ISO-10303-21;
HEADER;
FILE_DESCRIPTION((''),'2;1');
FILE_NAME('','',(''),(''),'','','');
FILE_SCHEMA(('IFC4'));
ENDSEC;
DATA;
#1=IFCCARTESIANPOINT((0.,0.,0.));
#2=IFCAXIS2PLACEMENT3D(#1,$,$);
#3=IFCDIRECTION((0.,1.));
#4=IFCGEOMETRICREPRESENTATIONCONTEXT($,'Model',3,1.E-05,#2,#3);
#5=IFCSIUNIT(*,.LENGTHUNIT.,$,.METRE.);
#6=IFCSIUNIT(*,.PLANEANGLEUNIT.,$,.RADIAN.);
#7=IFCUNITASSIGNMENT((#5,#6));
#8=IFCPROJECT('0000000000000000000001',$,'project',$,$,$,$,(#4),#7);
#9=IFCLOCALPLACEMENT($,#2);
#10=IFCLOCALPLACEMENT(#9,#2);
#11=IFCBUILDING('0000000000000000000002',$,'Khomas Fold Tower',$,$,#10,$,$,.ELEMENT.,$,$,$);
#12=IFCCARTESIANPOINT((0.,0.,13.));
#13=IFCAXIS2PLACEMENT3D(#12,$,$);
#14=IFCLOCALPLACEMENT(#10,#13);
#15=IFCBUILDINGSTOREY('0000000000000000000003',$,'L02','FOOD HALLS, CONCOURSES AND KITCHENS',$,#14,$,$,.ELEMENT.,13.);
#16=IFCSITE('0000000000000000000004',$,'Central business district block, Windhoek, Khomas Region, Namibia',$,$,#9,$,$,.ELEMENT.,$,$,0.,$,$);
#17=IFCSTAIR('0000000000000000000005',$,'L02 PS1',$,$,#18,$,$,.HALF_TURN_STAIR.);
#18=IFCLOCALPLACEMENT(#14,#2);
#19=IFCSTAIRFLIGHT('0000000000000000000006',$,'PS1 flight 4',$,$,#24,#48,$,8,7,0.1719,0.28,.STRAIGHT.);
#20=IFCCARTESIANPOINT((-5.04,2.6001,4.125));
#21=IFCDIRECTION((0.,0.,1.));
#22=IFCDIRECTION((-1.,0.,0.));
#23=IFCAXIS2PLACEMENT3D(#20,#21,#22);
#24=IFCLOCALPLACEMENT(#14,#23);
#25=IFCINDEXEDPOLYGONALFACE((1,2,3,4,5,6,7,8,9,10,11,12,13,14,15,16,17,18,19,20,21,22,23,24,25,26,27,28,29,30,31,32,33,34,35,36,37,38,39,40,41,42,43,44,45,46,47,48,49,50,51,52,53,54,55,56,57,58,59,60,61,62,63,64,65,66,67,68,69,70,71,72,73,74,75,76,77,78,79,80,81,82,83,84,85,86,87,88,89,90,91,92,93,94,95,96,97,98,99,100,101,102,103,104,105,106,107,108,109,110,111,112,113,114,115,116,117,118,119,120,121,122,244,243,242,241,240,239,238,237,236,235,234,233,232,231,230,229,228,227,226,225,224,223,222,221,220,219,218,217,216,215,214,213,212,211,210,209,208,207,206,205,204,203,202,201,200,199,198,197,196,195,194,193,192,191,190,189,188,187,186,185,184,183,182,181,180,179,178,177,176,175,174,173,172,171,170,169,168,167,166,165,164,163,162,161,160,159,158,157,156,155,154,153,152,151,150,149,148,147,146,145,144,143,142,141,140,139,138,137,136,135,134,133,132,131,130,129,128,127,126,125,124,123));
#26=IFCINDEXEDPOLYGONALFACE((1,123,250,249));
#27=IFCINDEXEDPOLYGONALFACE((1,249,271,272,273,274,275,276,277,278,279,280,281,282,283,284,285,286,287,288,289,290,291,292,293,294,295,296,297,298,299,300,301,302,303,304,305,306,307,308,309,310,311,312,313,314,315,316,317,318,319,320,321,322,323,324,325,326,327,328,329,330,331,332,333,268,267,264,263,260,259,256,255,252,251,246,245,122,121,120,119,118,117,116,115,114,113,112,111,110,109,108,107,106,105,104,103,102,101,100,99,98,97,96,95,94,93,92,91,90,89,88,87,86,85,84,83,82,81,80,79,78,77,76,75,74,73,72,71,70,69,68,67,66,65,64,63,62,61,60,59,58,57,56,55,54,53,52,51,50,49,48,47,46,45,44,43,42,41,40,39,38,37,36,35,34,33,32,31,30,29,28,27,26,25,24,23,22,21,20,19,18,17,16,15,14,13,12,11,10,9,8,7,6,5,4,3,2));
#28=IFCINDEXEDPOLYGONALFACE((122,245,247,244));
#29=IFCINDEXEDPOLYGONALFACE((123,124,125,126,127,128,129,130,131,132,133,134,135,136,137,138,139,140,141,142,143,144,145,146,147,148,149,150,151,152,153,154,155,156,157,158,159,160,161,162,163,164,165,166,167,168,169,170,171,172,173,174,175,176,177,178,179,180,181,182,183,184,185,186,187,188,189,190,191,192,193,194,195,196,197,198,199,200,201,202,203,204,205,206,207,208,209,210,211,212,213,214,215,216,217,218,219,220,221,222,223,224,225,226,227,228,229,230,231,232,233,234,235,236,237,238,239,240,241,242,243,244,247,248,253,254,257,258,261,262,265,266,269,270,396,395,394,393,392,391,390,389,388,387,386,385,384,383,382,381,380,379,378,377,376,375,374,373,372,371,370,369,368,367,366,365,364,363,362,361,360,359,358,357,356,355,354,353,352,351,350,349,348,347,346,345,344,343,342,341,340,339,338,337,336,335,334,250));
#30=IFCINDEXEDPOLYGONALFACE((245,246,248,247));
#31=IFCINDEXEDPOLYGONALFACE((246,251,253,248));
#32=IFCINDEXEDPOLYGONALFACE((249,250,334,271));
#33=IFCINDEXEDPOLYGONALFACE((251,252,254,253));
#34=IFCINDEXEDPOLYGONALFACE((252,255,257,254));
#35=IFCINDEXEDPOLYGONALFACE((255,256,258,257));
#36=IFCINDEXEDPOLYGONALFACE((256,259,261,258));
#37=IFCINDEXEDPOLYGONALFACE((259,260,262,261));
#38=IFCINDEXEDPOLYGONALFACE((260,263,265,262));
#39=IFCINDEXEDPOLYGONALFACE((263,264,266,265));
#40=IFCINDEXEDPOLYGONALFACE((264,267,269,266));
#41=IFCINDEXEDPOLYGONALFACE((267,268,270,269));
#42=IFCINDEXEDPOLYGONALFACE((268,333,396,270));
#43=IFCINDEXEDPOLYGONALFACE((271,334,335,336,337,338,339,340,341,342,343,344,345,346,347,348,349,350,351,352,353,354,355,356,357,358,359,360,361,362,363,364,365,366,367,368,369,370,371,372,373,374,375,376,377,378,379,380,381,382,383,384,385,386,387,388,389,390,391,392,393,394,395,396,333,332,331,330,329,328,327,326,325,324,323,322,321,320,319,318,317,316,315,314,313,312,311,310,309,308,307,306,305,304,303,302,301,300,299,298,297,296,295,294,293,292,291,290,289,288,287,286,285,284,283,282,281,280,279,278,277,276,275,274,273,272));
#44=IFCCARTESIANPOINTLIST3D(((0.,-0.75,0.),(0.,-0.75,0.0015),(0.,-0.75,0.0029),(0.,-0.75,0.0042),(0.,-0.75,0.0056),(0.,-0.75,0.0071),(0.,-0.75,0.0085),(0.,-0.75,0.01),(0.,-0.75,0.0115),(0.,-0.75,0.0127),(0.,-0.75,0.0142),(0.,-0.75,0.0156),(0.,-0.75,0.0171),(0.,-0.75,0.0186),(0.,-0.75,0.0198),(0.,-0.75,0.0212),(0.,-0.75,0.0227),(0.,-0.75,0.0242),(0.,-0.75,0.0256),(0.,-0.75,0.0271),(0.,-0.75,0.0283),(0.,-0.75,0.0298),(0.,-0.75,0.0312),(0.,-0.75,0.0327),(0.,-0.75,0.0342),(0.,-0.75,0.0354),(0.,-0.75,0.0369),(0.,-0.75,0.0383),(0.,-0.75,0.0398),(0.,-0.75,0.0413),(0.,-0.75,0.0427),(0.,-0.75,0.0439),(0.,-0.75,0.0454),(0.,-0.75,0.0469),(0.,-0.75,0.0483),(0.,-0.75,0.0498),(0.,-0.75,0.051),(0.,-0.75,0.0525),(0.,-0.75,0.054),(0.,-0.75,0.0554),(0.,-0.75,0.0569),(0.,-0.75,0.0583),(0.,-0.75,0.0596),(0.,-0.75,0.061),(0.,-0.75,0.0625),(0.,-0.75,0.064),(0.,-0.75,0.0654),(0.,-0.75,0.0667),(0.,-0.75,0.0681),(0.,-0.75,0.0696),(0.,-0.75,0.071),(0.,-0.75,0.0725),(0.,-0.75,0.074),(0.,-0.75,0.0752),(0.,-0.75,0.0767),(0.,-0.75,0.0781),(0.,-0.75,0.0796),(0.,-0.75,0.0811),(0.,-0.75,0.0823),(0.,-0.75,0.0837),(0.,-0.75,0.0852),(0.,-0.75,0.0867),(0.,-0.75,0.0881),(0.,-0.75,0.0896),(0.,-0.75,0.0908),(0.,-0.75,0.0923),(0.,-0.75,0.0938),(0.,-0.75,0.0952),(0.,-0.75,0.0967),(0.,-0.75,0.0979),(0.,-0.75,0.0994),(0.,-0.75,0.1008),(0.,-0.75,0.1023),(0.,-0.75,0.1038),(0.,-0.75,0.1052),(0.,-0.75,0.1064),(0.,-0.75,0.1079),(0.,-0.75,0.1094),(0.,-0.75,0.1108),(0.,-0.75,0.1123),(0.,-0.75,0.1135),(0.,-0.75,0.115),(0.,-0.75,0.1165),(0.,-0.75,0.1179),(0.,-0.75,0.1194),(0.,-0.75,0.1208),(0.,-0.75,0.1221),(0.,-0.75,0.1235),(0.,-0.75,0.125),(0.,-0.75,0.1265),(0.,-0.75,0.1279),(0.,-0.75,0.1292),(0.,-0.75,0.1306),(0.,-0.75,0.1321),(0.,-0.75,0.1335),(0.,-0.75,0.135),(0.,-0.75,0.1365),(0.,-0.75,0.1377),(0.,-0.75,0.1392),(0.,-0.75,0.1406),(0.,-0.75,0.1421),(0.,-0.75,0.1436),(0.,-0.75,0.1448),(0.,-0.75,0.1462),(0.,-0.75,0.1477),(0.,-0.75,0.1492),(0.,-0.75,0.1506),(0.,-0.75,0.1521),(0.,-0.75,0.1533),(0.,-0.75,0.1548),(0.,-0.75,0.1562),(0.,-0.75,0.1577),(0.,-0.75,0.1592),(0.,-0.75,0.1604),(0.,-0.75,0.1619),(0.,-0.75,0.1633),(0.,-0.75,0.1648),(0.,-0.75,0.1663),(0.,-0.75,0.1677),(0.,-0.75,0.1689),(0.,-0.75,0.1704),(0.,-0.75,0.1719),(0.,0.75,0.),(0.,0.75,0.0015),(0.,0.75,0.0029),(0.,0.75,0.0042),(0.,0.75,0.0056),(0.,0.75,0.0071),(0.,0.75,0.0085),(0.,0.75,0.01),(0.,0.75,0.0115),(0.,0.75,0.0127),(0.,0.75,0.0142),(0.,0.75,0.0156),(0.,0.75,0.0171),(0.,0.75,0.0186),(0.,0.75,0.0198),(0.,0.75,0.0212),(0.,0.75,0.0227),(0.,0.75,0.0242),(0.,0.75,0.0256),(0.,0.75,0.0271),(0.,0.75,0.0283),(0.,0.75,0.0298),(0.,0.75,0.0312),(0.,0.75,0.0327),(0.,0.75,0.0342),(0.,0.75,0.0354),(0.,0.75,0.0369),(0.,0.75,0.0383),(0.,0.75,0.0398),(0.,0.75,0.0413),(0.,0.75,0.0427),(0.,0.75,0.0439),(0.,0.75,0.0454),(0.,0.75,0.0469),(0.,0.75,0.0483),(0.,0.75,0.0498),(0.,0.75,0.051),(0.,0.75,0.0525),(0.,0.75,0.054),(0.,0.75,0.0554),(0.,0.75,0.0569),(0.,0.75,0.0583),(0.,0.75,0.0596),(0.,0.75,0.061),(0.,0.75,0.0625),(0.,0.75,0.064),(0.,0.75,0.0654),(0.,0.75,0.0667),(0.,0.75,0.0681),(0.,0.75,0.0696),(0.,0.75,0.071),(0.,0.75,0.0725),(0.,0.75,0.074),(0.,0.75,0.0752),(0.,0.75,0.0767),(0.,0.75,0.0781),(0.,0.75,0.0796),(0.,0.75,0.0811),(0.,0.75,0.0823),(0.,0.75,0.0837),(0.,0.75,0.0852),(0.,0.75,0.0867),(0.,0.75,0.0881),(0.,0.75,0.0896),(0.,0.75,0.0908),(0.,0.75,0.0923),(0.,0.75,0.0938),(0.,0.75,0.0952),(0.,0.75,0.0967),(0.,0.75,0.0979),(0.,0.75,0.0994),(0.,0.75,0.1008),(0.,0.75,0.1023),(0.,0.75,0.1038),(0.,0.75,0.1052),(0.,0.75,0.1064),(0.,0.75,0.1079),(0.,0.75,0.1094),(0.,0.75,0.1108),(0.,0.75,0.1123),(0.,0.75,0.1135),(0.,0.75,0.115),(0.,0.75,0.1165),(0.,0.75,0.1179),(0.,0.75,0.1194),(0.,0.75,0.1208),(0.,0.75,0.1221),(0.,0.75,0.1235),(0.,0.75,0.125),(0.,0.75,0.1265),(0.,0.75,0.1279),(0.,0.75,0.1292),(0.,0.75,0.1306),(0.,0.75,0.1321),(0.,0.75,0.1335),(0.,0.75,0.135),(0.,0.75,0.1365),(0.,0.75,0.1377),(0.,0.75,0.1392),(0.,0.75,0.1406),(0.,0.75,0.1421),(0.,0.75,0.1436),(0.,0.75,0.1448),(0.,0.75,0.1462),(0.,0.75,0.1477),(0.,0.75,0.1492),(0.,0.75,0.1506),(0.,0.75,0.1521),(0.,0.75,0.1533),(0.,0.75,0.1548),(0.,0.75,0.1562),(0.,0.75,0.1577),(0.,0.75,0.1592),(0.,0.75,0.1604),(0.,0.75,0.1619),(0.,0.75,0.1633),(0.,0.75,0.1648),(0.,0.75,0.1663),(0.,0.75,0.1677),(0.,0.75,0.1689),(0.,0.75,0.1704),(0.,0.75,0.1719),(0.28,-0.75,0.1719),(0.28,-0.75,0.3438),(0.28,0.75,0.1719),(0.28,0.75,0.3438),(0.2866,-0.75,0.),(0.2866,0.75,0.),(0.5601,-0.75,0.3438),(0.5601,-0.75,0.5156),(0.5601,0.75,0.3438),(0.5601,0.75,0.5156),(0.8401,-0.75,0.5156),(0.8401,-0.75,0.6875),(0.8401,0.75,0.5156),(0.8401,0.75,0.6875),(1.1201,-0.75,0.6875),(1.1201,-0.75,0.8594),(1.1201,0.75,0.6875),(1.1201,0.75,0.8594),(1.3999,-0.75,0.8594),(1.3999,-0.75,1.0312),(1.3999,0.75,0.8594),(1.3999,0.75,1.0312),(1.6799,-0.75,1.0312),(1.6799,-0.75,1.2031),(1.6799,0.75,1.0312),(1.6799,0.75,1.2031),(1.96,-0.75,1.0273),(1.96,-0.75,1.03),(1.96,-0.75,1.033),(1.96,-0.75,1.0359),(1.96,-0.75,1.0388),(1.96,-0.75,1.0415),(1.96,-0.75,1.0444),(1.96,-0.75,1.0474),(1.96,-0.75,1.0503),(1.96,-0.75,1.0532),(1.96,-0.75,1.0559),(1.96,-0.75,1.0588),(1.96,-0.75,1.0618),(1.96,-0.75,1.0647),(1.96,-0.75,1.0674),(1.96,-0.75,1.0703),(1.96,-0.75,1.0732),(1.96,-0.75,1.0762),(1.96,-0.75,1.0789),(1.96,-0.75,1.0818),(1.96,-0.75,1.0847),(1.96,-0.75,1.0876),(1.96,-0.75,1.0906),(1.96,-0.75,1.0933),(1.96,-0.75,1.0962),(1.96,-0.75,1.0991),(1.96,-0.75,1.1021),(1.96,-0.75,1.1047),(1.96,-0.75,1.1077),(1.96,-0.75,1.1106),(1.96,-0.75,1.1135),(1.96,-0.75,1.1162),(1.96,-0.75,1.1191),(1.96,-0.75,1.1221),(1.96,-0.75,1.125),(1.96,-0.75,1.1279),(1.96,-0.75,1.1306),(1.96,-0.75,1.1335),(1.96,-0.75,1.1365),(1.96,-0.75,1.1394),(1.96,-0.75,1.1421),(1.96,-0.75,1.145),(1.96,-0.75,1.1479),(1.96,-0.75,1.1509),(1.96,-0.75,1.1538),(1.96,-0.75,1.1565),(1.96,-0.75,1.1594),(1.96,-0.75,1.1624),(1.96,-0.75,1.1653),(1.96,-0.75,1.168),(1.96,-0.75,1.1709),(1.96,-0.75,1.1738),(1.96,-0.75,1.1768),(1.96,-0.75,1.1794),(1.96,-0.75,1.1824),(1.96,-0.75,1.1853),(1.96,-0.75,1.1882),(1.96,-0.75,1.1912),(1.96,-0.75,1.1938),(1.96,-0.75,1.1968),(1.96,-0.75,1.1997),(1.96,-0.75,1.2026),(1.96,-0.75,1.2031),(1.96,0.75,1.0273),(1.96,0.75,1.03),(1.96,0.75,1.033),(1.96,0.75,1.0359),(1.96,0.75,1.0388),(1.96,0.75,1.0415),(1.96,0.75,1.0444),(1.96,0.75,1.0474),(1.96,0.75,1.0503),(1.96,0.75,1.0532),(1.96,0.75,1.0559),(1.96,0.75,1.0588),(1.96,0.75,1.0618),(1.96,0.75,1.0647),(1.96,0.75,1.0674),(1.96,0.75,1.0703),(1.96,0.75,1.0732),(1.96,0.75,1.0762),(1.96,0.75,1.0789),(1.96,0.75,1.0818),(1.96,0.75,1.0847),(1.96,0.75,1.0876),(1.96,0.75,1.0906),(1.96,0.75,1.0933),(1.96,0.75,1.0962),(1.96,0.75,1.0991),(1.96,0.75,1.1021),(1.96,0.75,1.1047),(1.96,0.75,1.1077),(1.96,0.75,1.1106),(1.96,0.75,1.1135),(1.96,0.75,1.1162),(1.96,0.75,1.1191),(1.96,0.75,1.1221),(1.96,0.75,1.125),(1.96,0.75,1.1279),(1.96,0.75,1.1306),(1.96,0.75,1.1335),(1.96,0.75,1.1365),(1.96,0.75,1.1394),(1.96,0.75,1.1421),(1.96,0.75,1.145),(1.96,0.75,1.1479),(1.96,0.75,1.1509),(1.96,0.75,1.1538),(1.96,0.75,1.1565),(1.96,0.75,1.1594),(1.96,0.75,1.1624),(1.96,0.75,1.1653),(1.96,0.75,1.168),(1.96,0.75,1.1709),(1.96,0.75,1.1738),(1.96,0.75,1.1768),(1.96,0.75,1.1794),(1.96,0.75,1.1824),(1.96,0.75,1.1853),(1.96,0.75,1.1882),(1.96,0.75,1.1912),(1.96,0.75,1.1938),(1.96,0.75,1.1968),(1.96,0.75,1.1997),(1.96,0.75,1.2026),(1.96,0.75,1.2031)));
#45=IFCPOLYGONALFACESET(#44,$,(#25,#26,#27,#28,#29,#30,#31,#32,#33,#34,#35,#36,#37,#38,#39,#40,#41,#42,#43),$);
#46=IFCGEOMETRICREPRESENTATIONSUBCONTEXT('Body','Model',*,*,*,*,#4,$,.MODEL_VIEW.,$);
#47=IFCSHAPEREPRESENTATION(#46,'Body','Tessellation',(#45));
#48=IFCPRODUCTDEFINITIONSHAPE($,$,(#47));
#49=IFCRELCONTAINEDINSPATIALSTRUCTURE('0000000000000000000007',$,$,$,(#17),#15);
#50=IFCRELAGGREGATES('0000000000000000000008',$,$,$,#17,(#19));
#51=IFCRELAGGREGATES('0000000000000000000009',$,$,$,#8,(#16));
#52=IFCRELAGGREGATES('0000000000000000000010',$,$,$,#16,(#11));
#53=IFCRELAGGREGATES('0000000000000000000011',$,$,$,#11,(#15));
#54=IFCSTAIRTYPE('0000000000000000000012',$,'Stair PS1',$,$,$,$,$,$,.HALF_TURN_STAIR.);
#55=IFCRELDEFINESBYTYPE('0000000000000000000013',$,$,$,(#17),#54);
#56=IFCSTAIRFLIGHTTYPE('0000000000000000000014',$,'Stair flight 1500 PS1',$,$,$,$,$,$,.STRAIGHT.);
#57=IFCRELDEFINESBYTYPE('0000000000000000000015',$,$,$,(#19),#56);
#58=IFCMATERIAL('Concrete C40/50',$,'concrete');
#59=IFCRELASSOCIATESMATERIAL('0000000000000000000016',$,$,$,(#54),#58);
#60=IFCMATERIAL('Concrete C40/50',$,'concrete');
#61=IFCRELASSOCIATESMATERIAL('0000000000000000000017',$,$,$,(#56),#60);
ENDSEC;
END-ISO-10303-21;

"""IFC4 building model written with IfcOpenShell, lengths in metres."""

from ifc_helpers import new_model, si_unit, direction, frame, origin, place, context, subcontext, project, spatial, polyline, outline, extrude, source, transform, mapped, material, type_object, element, aggregate, save


model = new_model("IFC4")

# Units and contexts
model_context = context("Model", 3, precision=1e-05, world=origin(), true_north=direction((0.0, 1.0)))
body_context = subcontext(model_context, "Body", "Model", "MODEL_VIEW")
ifc_project = project(units=[si_unit("LENGTHUNIT", "METRE"), si_unit("PLANEANGLEUNIT", "RADIAN")], contexts=[model_context])

# Site, building, storey
site_placement = place(None, origin())
site = spatial("IfcSite", under=ifc_project, at=site_placement, Name="Central business district block, Windhoek, Khomas Region, Namibia", CompositionType="ELEMENT", RefElevation=0.0)
building_placement = place(site_placement, origin())
building = spatial("IfcBuilding", under=site, at=building_placement, Name="Khomas Fold Tower", CompositionType="ELEMENT")
storey_placement = place(building_placement, frame((0.0, 0.0, 13.0)))
storey = spatial("IfcBuildingStorey", under=building, at=storey_placement, Name="L02", Description="FOOD HALLS, CONCOURSES AND KITCHENS", CompositionType="ELEMENT", Elevation=13.0)

# Stair, stair flight
ifc_material_1 = material(Name="Concrete C40/50", Category="concrete")
stair_type = type_object("IfcStairType", Name="Stair PS1", PredefinedType="HALF_TURN_STAIR", material=ifc_material_1)
stair_placement = place(storey_placement, origin())
stair = element("IfcStair", 1, at=stair_placement, inside=storey, type_object=stair_type, Name="L02 PS1", PredefinedType="HALF_TURN_STAIR")
ifc_material_2 = material(Name="Concrete C40/50", Category="concrete")
stair_flight_type = type_object("IfcStairFlightType", Name="Stair flight 1500 PS1", PredefinedType="STRAIGHT", material=ifc_material_2)
shared_shape_1 = source(origin(), body_context, "Body", "SweptSolid", [
    extrude(outline(polyline([(0.0, 0.0), (0.0, 0.0015), (0.0, 0.0029), (0.0, 0.0042), (0.0, 0.0056), (0.0, 0.0071), (0.0, 0.0085), (0.0, 0.01), (0.0, 0.0115), (0.0, 0.0127), (0.0, 0.0142), (0.0, 0.0156), (0.0, 0.0171), (0.0, 0.0186), (0.0, 0.0198), (0.0, 0.0212), (0.0, 0.0227), (0.0, 0.0242), (0.0, 0.0256), (0.0, 0.0271), (0.0, 0.0283), (0.0, 0.0298), (0.0, 0.0312), (0.0, 0.0327), (0.0, 0.0342), (0.0, 0.0354), (0.0, 0.0369), (0.0, 0.0383), (0.0, 0.0398), (0.0, 0.0413), (0.0, 0.0427), (0.0, 0.0439), (0.0, 0.0454), (0.0, 0.0469), (0.0, 0.0483), (0.0, 0.0498), (0.0, 0.051), (0.0, 0.0525), (0.0, 0.054), (0.0, 0.0554), (0.0, 0.0569), (0.0, 0.0583), (0.0, 0.0596), (0.0, 0.061), (0.0, 0.0625), (0.0, 0.064), (0.0, 0.0654), (0.0, 0.0667), (0.0, 0.0681), (0.0, 0.0696), (0.0, 0.071), (0.0, 0.0725), (0.0, 0.074), (0.0, 0.0752), (0.0, 0.0767), (0.0, 0.0781), (0.0, 0.0796), (0.0, 0.0811), (0.0, 0.0823), (0.0, 0.0837), (0.0, 0.0852), (0.0, 0.0867), (0.0, 0.0881), (0.0, 0.0896), (0.0, 0.0908), (0.0, 0.0923), (0.0, 0.0938), (0.0, 0.0952), (0.0, 0.0967), (0.0, 0.0979), (0.0, 0.0994), (0.0, 0.1008), (0.0, 0.1023), (0.0, 0.1038), (0.0, 0.1052), (0.0, 0.1064), (0.0, 0.1079), (0.0, 0.1094), (0.0, 0.1108), (0.0, 0.1123), (0.0, 0.1135), (0.0, 0.115), (0.0, 0.1165), (0.0, 0.1179), (0.0, 0.1194), (0.0, 0.1208), (0.0, 0.1221), (0.0, 0.1235), (0.0, 0.125), (0.0, 0.1265), (0.0, 0.1279), (0.0, 0.1292), (0.0, 0.1306), (0.0, 0.1321), (0.0, 0.1335), (0.0, 0.135), (0.0, 0.1365), (0.0, 0.1377), (0.0, 0.1392), (0.0, 0.1406), (0.0, 0.1421), (0.0, 0.1436), (0.0, 0.1448), (0.0, 0.1462), (0.0, 0.1477), (0.0, 0.1492), (0.0, 0.1506), (0.0, 0.1521), (0.0, 0.1533), (0.0, 0.1548), (0.0, 0.1562), (0.0, 0.1577), (0.0, 0.1592), (0.0, 0.1604), (0.0, 0.1619), (0.0, 0.1633), (0.0, 0.1648), (0.0, 0.1663), (0.0, 0.1677), (0.0, 0.1689), (0.0, 0.1704), (0.0, 0.1719), (0.28, 0.1719), (0.28, 0.3438), (0.5601, 0.3438), (0.5601, 0.5156), (0.8401, 0.5156), (0.8401, 0.6875), (1.1201, 0.6875), (1.1201, 0.8594), (1.3999, 0.8594), (1.3999, 1.0312), (1.6799, 1.0312), (1.6799, 1.2031), (1.96, 1.2031), (1.96, 1.375), (1.96, 1.3721), (1.96, 1.3691), (1.96, 1.3665), (1.96, 1.3635), (1.96, 1.3606), (1.96, 1.3577), (1.96, 1.355), (1.96, 1.3521), (1.96, 1.3491), (1.96, 1.3462), (1.96, 1.3435), (1.96, 1.3406), (1.96, 1.3376), (1.96, 1.3347), (1.96, 1.3318), (1.96, 1.3291), (1.96, 1.3262), (1.96, 1.3232), (1.96, 1.3203), (1.96, 1.3176), (1.96, 1.3147), (1.96, 1.3118), (1.96, 1.3088), (1.96, 1.3059), (1.96, 1.3032), (1.96, 1.3003), (1.96, 1.2974), (1.96, 1.2944), (1.96, 1.2917), (1.96, 1.2888), (1.96, 1.2859), (1.96, 1.283), (1.96, 1.2803), (1.96, 1.2773), (1.96, 1.2744), (1.96, 1.2715), (1.96, 1.2686), (1.96, 1.2659), (1.96, 1.2629), (1.96, 1.26), (1.96, 1.2571), (1.96, 1.2544), (1.96, 1.2515), (1.96, 1.2485), (1.96, 1.2456), (1.96, 1.2427), (1.96, 1.24), (1.96, 1.2371), (1.96, 1.2341), (1.96, 1.2312), (1.96, 1.2285), (1.96, 1.2256), (1.96, 1.2227), (1.96, 1.2197), (1.96, 1.217), (1.96, 1.2141), (1.96, 1.2112), (1.96, 1.2083), (1.96, 1.2053), (1.96, 1.2026), (1.96, 1.1997), (1.96, 1.1968), (1.96, 1.1938), (1.96, 1.1912), (1.96, 1.1882), (1.96, 1.1853), (1.96, 1.1824), (1.96, 1.1794), (1.96, 1.1768), (1.96, 1.1738), (1.96, 1.1709), (1.96, 1.168), (1.96, 1.1653), (1.96, 1.1624), (1.96, 1.1594), (1.96, 1.1565), (1.96, 1.1538), (1.96, 1.1509), (1.96, 1.1479), (1.96, 1.145), (1.96, 1.1421), (1.96, 1.1394), (1.96, 1.1365), (1.96, 1.1335), (1.96, 1.1306), (1.96, 1.1279), (1.96, 1.125), (1.96, 1.1221), (1.96, 1.1191), (1.96, 1.1162), (1.96, 1.1135), (1.96, 1.1106), (1.96, 1.1077), (1.96, 1.1047), (1.96, 1.1021), (1.96, 1.0991), (1.96, 1.0962), (1.96, 1.0933), (1.96, 1.0906), (1.96, 1.0876), (1.96, 1.0847), (1.96, 1.0818), (1.96, 1.0789), (1.96, 1.0762), (1.96, 1.0732), (1.96, 1.0703), (1.96, 1.0674), (1.96, 1.0647), (1.96, 1.0618), (1.96, 1.0588), (1.96, 1.0559), (1.96, 1.0532), (1.96, 1.0503), (1.96, 1.0474), (1.96, 1.0444), (1.96, 1.0415), (1.96, 1.0388), (1.96, 1.0359), (1.96, 1.033), (1.96, 1.03), (1.96, 1.0273), (0.2866, 0.0), (0.0, 0.0)])), frame((0.0, 0.75, 0.0), z_axis=(0.0, -1.0, 0.0), x_axis=(1.0, 0.0, 0.0)), (0.0, 0.0, 1.0), 1.5),
])
stair_flight_1_placement = place(storey_placement, frame((-5.04, 2.6001, 4.125), z_axis=(0.0, 0.0, 1.0), x_axis=(-1.0, 0.0, 0.0)))
stair_flight_1 = element("IfcStairFlight", 2, at=stair_flight_1_placement, type_object=stair_flight_type, Name="PS1 flight 4", NumberOfRisers=8, NumberOfTreads=7, PredefinedType="STRAIGHT", RiserHeight=0.1719, TreadLength=0.28, context=body_context, shape_type="MappedRepresentation", body=[
    mapped(shared_shape_1, transform((0.0, 0.0, 0.0))),
])
aggregate(stair, [stair_flight_1])

save(model, "model.ifc")
